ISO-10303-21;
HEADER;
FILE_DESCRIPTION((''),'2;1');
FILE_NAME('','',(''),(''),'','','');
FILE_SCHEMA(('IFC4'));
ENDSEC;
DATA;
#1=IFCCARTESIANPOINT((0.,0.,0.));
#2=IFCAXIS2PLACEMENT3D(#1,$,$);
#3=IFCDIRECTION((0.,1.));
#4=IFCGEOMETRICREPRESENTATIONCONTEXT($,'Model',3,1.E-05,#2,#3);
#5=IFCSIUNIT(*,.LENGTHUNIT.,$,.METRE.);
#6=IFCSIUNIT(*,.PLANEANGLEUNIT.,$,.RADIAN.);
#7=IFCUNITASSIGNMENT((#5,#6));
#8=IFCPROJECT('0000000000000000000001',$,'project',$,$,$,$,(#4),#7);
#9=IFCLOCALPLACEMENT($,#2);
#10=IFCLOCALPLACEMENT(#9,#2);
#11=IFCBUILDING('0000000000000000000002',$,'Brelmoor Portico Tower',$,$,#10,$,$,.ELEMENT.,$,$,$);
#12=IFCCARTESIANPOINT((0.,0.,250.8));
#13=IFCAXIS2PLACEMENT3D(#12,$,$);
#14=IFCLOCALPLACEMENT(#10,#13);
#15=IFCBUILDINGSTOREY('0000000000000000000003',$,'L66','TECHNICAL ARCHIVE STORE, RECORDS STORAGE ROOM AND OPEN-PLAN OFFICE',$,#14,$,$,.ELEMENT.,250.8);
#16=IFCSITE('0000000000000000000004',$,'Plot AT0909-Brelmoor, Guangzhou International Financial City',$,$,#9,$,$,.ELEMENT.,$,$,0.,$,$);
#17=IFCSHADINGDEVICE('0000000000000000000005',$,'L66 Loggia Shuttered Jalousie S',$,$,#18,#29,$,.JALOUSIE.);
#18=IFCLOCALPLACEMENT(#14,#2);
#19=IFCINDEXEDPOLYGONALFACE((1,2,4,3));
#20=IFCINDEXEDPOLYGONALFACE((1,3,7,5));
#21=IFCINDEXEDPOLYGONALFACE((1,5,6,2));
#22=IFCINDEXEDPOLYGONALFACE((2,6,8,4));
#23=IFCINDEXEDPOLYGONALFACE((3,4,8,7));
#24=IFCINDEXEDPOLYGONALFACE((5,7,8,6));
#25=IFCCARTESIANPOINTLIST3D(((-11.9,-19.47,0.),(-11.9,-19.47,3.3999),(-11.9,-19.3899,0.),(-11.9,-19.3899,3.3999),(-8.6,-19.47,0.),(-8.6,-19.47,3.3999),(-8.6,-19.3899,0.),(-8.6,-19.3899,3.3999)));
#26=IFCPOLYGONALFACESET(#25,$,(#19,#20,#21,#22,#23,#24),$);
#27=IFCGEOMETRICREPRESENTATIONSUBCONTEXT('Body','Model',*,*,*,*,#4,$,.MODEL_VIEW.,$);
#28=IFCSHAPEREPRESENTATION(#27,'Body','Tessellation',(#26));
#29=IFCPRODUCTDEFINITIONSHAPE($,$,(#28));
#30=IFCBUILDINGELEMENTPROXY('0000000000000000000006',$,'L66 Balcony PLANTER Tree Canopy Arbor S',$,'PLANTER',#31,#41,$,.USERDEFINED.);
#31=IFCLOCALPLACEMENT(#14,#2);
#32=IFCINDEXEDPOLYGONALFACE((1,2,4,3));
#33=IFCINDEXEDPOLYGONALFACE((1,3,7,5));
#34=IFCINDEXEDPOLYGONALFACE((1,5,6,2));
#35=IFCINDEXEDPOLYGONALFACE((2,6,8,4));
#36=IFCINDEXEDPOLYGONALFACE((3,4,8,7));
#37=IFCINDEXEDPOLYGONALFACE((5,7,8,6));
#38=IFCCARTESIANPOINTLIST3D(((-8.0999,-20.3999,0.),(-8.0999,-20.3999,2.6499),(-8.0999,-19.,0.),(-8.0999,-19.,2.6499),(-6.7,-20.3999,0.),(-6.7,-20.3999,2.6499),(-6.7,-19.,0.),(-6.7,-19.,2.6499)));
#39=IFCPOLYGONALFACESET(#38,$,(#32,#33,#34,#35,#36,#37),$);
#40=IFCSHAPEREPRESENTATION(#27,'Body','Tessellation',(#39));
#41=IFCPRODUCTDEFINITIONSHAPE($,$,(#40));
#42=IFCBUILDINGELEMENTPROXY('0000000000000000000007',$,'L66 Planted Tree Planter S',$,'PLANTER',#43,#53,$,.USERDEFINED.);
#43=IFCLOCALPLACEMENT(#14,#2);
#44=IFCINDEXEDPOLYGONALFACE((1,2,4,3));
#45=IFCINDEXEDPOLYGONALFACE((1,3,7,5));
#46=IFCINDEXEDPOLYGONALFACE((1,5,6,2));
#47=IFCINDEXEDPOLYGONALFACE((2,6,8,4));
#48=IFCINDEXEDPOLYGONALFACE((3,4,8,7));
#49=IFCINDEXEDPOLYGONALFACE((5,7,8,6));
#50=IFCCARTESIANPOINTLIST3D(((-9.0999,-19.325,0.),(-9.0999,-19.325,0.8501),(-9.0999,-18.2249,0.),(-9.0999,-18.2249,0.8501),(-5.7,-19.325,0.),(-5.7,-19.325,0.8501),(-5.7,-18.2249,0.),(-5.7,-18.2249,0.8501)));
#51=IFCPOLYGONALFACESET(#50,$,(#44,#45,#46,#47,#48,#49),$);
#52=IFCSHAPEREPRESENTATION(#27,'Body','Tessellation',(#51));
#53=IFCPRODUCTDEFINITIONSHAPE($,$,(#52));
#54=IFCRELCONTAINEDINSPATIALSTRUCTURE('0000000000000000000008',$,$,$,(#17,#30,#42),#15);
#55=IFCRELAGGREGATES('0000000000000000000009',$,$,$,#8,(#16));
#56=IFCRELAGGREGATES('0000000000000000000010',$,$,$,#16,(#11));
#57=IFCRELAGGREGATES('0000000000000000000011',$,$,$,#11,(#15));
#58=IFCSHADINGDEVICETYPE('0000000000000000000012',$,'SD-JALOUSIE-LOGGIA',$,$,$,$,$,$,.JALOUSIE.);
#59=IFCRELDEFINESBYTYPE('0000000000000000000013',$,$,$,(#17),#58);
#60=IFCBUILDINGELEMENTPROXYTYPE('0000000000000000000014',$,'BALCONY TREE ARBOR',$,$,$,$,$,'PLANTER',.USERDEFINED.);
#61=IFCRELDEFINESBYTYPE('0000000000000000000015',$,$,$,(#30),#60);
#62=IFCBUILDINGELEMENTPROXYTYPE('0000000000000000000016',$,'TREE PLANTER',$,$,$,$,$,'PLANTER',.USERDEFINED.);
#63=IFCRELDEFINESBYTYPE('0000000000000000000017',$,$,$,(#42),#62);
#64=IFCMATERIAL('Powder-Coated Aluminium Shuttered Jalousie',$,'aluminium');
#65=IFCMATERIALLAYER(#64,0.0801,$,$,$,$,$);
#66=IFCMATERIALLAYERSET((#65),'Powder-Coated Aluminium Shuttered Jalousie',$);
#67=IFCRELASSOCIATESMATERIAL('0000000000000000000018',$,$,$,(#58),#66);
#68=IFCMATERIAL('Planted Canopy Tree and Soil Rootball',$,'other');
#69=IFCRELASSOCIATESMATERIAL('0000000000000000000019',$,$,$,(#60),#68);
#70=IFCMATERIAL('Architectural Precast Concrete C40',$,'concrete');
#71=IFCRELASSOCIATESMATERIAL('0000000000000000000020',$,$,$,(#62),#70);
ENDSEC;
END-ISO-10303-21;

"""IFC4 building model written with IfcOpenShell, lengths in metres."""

from ifc_helpers import new_model, si_unit, direction, frame, origin, origin_2d, place, context, subcontext, project, spatial, rectangle, extrude, material, layer, layer_set, type_object, element, save


model = new_model("IFC4")

# Units and contexts
model_context = context("Model", 3, precision=1e-05, world=origin(), true_north=direction((0.0, 1.0)))
body_context = subcontext(model_context, "Body", "Model", "MODEL_VIEW")
ifc_project = project(units=[si_unit("LENGTHUNIT", "METRE"), si_unit("PLANEANGLEUNIT", "RADIAN")], contexts=[model_context])

# Site, building, storey
site_placement = place(None, origin())
site = spatial("IfcSite", under=ifc_project, at=site_placement, Name="Plot AT0909-Brelmoor, Guangzhou International Financial City", CompositionType="ELEMENT", RefElevation=0.0)
building_placement = place(site_placement, origin())
building = spatial("IfcBuilding", under=site, at=building_placement, Name="Brelmoor Portico Tower", CompositionType="ELEMENT")
storey_placement = place(building_placement, frame((0.0, 0.0, 250.8)))
storey = spatial("IfcBuildingStorey", under=building, at=storey_placement, Name="L66", Description="TECHNICAL ARCHIVE STORE, RECORDS STORAGE ROOM AND OPEN-PLAN OFFICE", CompositionType="ELEMENT", Elevation=250.8)

# Shading device
ifc_material_1 = material(Name="Powder-Coated Aluminium Shuttered Jalousie", Category="aluminium")
ifc_layer_1 = layer(ifc_material_1, 0.0801)
ifc_layer_set_1 = layer_set([ifc_layer_1], Name="Powder-Coated Aluminium Shuttered Jalousie")
shading_device_type = type_object("IfcShadingDeviceType", Name="SD-JALOUSIE-LOGGIA", PredefinedType="JALOUSIE", material=ifc_layer_set_1)
shading_device_placement = place(storey_placement, frame((-10.25, -19.4299, 0.0), z_axis=(0.0, 0.0, 1.0), x_axis=(1.0, 0.0, 0.0)))
element("IfcShadingDevice", 1, at=shading_device_placement, inside=storey, type_object=shading_device_type, Name="L66 Loggia Shuttered Jalousie S", PredefinedType="JALOUSIE", context=body_context, shape_type="SweptSolid", body=[
    extrude(rectangle(XDim=3.3, YDim=0.0801, at=origin_2d()), origin(), (0.0, 0.0, 1.0), 3.3999),
])

# Building element proxies
ifc_material_2 = material(Name="Planted Canopy Tree and Soil Rootball", Category="other")
building_element_proxy_type_1 = type_object("IfcBuildingElementProxyType", Name="BALCONY TREE ARBOR", ElementType="PLANTER", PredefinedType="USERDEFINED", material=ifc_material_2)
proxy_1_placement = place(storey_placement, frame((-7.3999, -19.7, 0.0), z_axis=(0.0, 0.0, 1.0), x_axis=(1.0, 0.0, 0.0)))
element("IfcBuildingElementProxy", 2, at=proxy_1_placement, inside=storey, type_object=building_element_proxy_type_1, Name="L66 Balcony PLANTER Tree Canopy Arbor S", ObjectType="PLANTER", PredefinedType="USERDEFINED", context=body_context, shape_type="SweptSolid", body=[
    extrude(rectangle(XDim=1.3999, YDim=1.3999, at=origin_2d()), origin(), (0.0, 0.0, 1.0), 2.6499),
])
ifc_material_3 = material(Name="Architectural Precast Concrete C40", Category="concrete")
building_element_proxy_type_2 = type_object("IfcBuildingElementProxyType", Name="TREE PLANTER", ElementType="PLANTER", PredefinedType="USERDEFINED", material=ifc_material_3)
proxy_2_placement = place(storey_placement, frame((-7.3999, -18.7749, 0.0), z_axis=(0.0, 0.0, 1.0), x_axis=(1.0, 0.0, 0.0)))
element("IfcBuildingElementProxy", 3, at=proxy_2_placement, inside=storey, type_object=building_element_proxy_type_2, Name="L66 Planted Tree Planter S", ObjectType="PLANTER", PredefinedType="USERDEFINED", context=body_context, shape_type="SweptSolid", body=[
    extrude(rectangle(XDim=3.3999, YDim=1.1001, at=origin_2d()), origin(), (0.0, 0.0, 1.0), 0.8501),
])

save(model, "model.ifc")
